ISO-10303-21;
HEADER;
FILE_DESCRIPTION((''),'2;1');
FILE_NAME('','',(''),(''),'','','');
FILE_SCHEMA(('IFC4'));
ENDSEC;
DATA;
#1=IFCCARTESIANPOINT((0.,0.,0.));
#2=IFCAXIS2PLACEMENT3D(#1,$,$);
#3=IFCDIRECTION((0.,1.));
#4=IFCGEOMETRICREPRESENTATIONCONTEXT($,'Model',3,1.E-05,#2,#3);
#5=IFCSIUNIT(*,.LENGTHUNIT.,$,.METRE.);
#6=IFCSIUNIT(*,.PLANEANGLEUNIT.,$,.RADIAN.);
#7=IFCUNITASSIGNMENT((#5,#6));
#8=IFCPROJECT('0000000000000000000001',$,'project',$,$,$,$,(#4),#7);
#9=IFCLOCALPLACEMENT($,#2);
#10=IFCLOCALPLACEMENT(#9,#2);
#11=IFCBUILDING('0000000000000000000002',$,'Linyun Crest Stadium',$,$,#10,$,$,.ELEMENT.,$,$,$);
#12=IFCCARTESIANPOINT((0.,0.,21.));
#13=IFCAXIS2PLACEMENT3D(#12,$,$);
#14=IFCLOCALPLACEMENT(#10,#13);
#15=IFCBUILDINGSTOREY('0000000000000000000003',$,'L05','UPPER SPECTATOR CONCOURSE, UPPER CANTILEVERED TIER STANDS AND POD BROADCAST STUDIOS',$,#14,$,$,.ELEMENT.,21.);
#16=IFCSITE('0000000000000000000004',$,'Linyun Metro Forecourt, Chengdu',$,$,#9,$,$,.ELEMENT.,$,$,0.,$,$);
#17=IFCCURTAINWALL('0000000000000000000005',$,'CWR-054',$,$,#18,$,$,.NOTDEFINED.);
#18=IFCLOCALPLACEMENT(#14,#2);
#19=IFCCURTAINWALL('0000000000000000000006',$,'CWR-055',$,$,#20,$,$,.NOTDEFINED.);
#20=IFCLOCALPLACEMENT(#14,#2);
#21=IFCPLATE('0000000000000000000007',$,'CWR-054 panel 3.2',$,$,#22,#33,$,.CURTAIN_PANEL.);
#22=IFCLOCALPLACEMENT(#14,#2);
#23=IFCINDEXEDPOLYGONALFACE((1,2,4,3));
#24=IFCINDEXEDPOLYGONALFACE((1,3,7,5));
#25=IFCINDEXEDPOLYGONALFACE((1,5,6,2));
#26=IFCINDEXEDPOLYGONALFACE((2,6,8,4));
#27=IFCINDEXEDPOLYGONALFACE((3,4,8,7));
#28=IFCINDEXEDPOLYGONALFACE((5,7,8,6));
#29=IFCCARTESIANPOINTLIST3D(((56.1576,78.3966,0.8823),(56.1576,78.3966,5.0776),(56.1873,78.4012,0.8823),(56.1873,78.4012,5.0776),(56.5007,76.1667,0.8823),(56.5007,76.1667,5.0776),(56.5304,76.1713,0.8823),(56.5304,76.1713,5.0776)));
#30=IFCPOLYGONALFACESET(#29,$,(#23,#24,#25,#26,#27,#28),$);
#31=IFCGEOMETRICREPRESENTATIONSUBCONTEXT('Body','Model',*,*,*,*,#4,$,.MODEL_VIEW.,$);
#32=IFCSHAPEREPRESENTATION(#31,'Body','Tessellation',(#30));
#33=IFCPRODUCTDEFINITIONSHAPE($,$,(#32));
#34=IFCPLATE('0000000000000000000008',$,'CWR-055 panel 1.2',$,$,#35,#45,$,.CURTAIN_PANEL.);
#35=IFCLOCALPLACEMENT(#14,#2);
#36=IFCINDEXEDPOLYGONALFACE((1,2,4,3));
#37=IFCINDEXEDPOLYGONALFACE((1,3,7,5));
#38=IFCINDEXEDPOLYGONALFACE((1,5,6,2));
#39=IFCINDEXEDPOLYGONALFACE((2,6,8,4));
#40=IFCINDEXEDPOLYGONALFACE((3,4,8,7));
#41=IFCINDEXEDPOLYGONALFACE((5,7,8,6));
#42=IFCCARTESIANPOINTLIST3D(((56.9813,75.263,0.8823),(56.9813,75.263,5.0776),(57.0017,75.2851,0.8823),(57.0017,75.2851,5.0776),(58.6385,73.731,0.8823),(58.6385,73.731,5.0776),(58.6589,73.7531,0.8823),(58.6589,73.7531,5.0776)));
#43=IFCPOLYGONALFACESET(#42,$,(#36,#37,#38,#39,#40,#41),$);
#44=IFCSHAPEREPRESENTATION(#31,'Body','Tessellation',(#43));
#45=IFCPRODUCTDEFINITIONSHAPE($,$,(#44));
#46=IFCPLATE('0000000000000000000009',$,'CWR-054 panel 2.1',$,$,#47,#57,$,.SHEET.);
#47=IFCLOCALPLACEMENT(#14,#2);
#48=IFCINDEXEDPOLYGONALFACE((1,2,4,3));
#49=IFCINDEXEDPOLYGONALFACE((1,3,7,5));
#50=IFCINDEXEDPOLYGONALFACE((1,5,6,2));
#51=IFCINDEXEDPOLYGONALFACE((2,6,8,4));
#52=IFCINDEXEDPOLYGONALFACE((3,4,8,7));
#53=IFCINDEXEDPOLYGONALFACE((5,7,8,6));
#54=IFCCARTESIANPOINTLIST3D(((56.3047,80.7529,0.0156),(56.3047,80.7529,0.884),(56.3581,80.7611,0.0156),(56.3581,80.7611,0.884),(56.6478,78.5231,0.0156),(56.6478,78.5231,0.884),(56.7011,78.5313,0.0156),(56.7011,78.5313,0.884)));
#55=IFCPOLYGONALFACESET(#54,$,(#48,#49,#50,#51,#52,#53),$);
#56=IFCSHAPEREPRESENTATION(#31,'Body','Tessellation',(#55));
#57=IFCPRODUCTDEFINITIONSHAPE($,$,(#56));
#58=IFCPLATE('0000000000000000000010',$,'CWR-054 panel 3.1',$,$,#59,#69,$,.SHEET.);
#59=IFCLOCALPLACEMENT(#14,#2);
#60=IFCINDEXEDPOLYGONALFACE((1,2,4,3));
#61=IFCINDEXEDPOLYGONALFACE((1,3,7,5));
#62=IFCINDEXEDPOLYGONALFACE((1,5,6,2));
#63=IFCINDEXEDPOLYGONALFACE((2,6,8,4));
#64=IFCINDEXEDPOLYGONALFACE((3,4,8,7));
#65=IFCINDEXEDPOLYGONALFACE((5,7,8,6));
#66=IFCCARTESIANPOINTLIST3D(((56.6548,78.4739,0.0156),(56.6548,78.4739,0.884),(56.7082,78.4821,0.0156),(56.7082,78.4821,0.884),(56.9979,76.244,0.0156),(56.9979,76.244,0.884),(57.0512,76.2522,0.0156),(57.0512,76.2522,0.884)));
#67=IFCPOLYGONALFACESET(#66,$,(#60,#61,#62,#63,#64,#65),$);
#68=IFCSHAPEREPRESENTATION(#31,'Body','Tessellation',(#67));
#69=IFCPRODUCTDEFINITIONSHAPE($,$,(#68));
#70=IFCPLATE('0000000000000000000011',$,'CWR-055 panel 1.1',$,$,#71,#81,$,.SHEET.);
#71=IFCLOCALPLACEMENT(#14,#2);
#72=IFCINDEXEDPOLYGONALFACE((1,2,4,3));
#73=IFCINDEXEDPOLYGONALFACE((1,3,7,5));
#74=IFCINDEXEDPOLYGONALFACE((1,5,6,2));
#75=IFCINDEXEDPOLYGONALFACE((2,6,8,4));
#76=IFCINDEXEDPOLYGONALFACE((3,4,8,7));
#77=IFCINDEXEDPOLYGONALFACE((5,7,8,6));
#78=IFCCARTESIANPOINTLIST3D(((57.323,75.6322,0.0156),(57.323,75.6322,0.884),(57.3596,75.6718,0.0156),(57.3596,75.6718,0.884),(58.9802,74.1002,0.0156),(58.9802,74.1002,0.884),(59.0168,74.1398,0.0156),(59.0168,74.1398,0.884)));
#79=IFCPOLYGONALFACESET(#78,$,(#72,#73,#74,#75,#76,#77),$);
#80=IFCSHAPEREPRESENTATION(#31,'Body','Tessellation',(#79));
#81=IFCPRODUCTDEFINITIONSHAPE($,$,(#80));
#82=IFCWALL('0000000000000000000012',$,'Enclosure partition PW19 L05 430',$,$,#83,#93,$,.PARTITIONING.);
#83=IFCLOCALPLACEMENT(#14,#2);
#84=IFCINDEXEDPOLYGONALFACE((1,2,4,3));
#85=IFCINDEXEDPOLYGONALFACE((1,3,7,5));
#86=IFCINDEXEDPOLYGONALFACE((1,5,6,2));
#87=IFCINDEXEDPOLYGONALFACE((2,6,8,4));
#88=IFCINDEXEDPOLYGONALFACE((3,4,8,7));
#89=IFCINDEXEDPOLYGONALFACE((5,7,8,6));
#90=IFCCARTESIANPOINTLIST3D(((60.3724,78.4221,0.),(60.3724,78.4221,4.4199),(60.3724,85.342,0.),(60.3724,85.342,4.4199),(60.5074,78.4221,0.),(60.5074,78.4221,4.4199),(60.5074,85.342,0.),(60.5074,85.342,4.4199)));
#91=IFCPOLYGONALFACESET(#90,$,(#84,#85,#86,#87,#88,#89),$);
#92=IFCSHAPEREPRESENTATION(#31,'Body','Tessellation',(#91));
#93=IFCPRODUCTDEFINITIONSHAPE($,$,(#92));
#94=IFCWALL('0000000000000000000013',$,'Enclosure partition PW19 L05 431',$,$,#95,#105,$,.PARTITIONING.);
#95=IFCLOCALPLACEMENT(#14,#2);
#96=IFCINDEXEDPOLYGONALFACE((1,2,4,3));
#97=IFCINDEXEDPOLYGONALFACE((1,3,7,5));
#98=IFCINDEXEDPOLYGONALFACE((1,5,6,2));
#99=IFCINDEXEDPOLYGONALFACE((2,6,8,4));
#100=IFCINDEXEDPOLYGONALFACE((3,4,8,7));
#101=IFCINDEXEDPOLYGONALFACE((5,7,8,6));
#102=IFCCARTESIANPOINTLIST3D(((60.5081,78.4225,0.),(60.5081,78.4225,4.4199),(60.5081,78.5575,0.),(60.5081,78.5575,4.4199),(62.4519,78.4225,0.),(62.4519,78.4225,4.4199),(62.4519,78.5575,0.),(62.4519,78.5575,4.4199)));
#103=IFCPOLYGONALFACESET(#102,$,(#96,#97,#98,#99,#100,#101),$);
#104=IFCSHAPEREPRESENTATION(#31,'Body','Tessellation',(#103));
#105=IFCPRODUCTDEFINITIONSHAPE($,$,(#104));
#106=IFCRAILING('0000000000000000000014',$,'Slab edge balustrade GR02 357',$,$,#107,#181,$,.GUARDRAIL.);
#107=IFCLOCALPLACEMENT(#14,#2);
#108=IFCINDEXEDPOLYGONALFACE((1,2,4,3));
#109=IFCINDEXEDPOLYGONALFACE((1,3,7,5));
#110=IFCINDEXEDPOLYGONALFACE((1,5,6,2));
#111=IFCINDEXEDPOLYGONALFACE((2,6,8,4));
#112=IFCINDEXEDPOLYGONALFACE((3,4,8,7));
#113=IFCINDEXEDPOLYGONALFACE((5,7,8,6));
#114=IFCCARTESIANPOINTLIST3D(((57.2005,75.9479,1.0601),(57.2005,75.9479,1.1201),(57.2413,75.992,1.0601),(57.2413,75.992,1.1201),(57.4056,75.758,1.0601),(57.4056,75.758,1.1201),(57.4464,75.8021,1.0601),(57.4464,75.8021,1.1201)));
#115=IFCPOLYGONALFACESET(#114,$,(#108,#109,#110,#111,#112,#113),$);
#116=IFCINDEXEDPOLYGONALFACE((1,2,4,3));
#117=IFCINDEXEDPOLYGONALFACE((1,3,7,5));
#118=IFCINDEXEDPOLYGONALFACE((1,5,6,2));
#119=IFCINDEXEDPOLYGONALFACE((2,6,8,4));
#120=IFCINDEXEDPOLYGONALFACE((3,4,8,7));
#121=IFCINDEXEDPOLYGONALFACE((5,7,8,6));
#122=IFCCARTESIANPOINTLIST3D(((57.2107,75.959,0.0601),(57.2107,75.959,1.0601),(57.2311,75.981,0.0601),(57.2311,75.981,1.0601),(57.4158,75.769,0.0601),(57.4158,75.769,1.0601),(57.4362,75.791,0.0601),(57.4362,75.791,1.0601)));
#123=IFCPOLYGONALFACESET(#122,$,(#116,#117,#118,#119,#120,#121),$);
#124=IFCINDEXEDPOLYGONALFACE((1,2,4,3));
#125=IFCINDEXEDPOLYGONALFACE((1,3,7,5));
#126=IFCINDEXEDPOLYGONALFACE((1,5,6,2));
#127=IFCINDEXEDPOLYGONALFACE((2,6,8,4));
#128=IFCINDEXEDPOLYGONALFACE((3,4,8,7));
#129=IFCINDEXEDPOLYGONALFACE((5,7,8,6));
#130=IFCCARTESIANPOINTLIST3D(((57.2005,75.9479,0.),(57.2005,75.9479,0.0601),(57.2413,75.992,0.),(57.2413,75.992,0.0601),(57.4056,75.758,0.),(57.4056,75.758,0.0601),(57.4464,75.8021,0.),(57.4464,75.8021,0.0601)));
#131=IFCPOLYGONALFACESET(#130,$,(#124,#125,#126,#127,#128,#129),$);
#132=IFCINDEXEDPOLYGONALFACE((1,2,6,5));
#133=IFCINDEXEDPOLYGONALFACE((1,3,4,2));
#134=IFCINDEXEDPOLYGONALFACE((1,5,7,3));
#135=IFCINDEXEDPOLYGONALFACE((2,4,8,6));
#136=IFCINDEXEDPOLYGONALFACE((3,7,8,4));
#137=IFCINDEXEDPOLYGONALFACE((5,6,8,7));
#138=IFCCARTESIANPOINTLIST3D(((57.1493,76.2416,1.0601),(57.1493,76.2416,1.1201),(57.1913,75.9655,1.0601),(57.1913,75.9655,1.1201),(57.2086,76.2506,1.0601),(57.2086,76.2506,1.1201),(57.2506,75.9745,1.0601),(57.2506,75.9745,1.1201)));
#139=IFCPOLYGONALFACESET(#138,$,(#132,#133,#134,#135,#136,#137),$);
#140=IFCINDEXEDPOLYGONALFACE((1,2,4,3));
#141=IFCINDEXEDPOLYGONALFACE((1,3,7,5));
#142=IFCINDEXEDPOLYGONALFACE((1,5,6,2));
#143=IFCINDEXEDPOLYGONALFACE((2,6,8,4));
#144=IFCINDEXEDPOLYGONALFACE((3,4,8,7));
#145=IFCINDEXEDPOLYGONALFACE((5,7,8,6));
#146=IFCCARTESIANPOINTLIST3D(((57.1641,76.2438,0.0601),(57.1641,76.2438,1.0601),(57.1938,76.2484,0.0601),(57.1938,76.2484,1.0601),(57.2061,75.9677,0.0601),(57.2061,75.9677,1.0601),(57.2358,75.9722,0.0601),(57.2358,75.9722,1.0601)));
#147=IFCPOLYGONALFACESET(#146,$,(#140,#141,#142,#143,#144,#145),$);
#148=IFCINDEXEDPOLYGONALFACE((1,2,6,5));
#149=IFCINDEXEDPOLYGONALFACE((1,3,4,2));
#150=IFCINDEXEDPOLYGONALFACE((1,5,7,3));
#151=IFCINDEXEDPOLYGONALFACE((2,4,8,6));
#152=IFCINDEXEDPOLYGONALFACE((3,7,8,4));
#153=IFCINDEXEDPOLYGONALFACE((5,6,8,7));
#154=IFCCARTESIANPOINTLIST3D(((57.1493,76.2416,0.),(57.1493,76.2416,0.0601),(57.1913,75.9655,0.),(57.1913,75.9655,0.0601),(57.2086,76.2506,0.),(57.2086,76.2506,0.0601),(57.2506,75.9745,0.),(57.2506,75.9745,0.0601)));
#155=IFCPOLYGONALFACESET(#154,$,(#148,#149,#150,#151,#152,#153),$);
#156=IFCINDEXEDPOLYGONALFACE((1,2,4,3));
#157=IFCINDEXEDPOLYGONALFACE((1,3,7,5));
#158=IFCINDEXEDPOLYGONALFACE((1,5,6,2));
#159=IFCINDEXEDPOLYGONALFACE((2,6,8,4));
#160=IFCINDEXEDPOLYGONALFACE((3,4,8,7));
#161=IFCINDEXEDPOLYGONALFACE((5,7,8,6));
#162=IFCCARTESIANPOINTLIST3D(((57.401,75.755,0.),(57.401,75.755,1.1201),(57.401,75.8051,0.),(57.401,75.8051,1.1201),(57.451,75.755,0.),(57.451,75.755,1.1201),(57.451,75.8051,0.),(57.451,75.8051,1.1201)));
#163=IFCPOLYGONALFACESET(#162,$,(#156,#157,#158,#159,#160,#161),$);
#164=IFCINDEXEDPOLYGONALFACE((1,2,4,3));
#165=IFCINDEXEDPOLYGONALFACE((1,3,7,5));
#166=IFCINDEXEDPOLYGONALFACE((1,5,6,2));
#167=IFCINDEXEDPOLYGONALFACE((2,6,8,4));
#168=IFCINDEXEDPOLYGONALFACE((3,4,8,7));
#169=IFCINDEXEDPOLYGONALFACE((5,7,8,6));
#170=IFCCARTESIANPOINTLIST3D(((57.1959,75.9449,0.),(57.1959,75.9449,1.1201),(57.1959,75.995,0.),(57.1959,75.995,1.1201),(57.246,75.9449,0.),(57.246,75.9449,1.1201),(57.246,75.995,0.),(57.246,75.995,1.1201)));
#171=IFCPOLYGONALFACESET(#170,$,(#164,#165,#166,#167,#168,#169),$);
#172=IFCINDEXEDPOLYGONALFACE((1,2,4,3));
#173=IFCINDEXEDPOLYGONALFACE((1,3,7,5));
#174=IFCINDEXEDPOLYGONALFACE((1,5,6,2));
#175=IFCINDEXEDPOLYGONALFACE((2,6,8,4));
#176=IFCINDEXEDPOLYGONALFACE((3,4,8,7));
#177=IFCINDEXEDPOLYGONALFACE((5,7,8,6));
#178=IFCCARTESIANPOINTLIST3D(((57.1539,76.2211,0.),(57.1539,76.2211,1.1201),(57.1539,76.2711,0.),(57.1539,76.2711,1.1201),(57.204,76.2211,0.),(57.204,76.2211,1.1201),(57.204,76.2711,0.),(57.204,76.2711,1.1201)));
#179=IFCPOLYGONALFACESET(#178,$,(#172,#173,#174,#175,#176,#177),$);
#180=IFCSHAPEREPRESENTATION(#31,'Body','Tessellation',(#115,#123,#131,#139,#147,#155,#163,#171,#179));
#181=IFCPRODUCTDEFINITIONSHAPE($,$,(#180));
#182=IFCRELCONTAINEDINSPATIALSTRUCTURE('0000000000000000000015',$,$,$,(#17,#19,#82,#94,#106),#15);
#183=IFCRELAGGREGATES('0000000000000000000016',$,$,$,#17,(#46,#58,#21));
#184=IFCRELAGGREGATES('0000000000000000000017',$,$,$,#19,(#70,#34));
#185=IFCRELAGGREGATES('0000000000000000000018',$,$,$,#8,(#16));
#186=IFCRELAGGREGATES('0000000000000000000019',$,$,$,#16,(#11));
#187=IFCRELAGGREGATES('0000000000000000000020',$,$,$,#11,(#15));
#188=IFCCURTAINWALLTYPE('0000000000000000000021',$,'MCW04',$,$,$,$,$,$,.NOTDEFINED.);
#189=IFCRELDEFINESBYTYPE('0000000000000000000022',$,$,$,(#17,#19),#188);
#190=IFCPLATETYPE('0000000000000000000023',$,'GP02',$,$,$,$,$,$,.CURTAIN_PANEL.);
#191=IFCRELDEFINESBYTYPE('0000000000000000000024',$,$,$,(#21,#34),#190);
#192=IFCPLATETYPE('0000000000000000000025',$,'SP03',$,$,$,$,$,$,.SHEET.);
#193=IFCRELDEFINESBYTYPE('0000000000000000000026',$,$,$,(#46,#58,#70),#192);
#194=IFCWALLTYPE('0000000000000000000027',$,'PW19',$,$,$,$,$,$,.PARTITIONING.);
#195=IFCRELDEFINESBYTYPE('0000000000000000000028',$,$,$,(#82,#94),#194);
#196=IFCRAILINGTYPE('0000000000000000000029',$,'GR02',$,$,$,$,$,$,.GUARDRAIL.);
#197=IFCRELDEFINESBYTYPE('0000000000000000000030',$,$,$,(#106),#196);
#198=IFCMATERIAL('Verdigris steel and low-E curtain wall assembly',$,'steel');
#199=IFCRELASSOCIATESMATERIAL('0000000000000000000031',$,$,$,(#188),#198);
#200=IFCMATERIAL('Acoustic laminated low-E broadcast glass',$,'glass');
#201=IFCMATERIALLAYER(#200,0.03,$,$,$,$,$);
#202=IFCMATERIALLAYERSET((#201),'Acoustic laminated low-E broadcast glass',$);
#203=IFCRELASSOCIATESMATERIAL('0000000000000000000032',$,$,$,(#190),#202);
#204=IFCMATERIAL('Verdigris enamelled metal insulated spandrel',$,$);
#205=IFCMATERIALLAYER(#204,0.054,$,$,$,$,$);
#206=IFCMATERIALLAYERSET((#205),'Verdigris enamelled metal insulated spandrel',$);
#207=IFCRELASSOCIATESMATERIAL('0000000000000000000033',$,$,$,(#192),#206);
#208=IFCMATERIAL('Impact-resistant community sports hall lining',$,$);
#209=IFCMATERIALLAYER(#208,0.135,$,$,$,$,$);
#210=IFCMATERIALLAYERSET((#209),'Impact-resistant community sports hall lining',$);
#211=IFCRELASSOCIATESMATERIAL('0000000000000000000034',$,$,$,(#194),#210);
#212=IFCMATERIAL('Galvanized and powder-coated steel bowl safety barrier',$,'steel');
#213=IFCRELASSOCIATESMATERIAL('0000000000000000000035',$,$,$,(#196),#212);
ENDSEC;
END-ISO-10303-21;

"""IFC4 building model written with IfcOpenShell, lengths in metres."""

from ifc_helpers import new_model, si_unit, direction, frame, frame_2d, origin, origin_2d, place, context, subcontext, project, spatial, rectangle, extrude, material, layer, layer_set, type_object, element, aggregate, save


model = new_model("IFC4")

# Units and contexts
model_context = context("Model", 3, precision=1e-05, world=origin(), true_north=direction((0.0, 1.0)))
body_context = subcontext(model_context, "Body", "Model", "MODEL_VIEW")
ifc_project = project(units=[si_unit("LENGTHUNIT", "METRE"), si_unit("PLANEANGLEUNIT", "RADIAN")], contexts=[model_context])

# Site, building, storey
site_placement = place(None, origin())
site = spatial("IfcSite", under=ifc_project, at=site_placement, Name="Linyun Metro Forecourt, Chengdu", CompositionType="ELEMENT", RefElevation=0.0)
building_placement = place(site_placement, origin())
building = spatial("IfcBuilding", under=site, at=building_placement, Name="Linyun Crest Stadium", CompositionType="ELEMENT")
storey_placement = place(building_placement, frame((0.0, 0.0, 21.0)))
storey = spatial("IfcBuildingStorey", under=building, at=storey_placement, Name="L05", Description="UPPER SPECTATOR CONCOURSE, UPPER CANTILEVERED TIER STANDS AND POD BROADCAST STUDIOS", CompositionType="ELEMENT", Elevation=21.0)

# Curtain wall
ifc_material_1 = material(Name="Verdigris steel and low-E curtain wall assembly", Category="steel")
curtain_wall_type = type_object("IfcCurtainWallType", Name="MCW04", PredefinedType="NOTDEFINED", material=ifc_material_1)
curtain_wall_1_placement = place(storey_placement, origin())
curtain_wall_1 = element("IfcCurtainWall", 1, at=curtain_wall_1_placement, inside=storey, type_object=curtain_wall_type, Name="CWR-054", PredefinedType="NOTDEFINED")

# Curtain wall
curtain_wall_2_placement = place(storey_placement, origin())
curtain_wall_2 = element("IfcCurtainWall", 2, at=curtain_wall_2_placement, inside=storey, type_object=curtain_wall_type, Name="CWR-055", PredefinedType="NOTDEFINED")

# Plates
ifc_material_2 = material(Name="Acoustic laminated low-E broadcast glass", Category="glass")
ifc_layer_1 = layer(ifc_material_2, 0.03)
ifc_layer_set_1 = layer_set([ifc_layer_1], Name="Acoustic laminated low-E broadcast glass")
plate_type_1 = type_object("IfcPlateType", Name="GP02", PredefinedType="CURTAIN_PANEL", material=ifc_layer_set_1)
plate_1_placement = place(storey_placement, frame((56.344, 77.2839, 0.8823), z_axis=(0.0, 0.0, 1.0), x_axis=(0.152054, -0.988372, 0.0)))
plate_1 = element("IfcPlate", 3, at=plate_1_placement, type_object=plate_type_1, Name="CWR-054 panel 3.2", PredefinedType="CURTAIN_PANEL", context=body_context, shape_type="SweptSolid", body=[
    extrude(rectangle(XDim=2.2561, YDim=0.03, at=origin_2d()), origin(), (0.0, 0.0, 1.0), 4.1953),
])
plate_2_placement = place(storey_placement, frame((57.8201, 74.5081, 0.8823), z_axis=(0.0, 0.0, 1.0), x_axis=(0.734299, -0.678826, 0.0)))
plate_2 = element("IfcPlate", 4, at=plate_2_placement, type_object=plate_type_1, Name="CWR-055 panel 1.2", PredefinedType="CURTAIN_PANEL", context=body_context, shape_type="SweptSolid", body=[
    extrude(rectangle(XDim=2.2568, YDim=0.03, at=origin_2d()), origin(), (0.0, 0.0, 1.0), 4.1953),
])
ifc_material_3 = material(Name="Verdigris enamelled metal insulated spandrel")
ifc_layer_2 = layer(ifc_material_3, 0.054)
ifc_layer_set_2 = layer_set([ifc_layer_2], Name="Verdigris enamelled metal insulated spandrel")
plate_type_2 = type_object("IfcPlateType", Name="SP03", PredefinedType="SHEET", material=ifc_layer_set_2)
plate_3_placement = place(storey_placement, frame((56.5029, 79.6421, 0.0156), z_axis=(0.0, 0.0, 1.0), x_axis=(0.152054, -0.988372, 0.0)))
plate_3 = element("IfcPlate", 5, at=plate_3_placement, type_object=plate_type_2, Name="CWR-054 panel 2.1", PredefinedType="SHEET", context=body_context, shape_type="SweptSolid", body=[
    extrude(rectangle(XDim=2.2561, YDim=0.054, at=origin_2d()), origin(), (0.0, 0.0, 1.0), 0.8684),
])
plate_4_placement = place(storey_placement, frame((56.853, 77.363, 0.0156), z_axis=(0.0, 0.0, 1.0), x_axis=(0.152054, -0.988372, 0.0)))
plate_4 = element("IfcPlate", 6, at=plate_4_placement, type_object=plate_type_2, Name="CWR-054 panel 3.1", PredefinedType="SHEET", context=body_context, shape_type="SweptSolid", body=[
    extrude(rectangle(XDim=2.2561, YDim=0.054, at=origin_2d()), origin(), (0.0, 0.0, 1.0), 0.8684),
])
aggregate(curtain_wall_1, [plate_3, plate_4, plate_1])
plate_5_placement = place(storey_placement, frame((58.1699, 74.886, 0.0156), z_axis=(0.0, 0.0, 1.0), x_axis=(0.734299, -0.678826, 0.0)))
plate_5 = element("IfcPlate", 7, at=plate_5_placement, type_object=plate_type_2, Name="CWR-055 panel 1.1", PredefinedType="SHEET", context=body_context, shape_type="SweptSolid", body=[
    extrude(rectangle(XDim=2.2568, YDim=0.054, at=origin_2d()), origin(), (0.0, 0.0, 1.0), 0.8684),
])
aggregate(curtain_wall_2, [plate_5, plate_2])

# Walls
ifc_material_4 = material(Name="Impact-resistant community sports hall lining")
ifc_layer_3 = layer(ifc_material_4, 0.135)
ifc_layer_set_3 = layer_set([ifc_layer_3], Name="Impact-resistant community sports hall lining")
wall_type = type_object("IfcWallType", Name="PW19", PredefinedType="PARTITIONING", material=ifc_layer_set_3)
wall_1_placement = place(storey_placement, frame((60.4399, 78.4221, 0.0), z_axis=(0.0, 0.0, 1.0), x_axis=(0.0, 1.0, 0.0)))
element("IfcWall", 8, at=wall_1_placement, inside=storey, type_object=wall_type, Name="Enclosure partition PW19 L05 430", PredefinedType="PARTITIONING", context=body_context, shape_type="SweptSolid", body=[
    extrude(rectangle(XDim=6.9199, YDim=0.135, at=frame_2d((3.46, 0.0))), origin(), (0.0, 0.0, 1.0), 4.4199),
])
wall_2_placement = place(storey_placement, frame((60.5081, 78.49, 0.0), z_axis=(0.0, 0.0, 1.0), x_axis=(1.0, 0.0, 0.0)))
element("IfcWall", 9, at=wall_2_placement, inside=storey, type_object=wall_type, Name="Enclosure partition PW19 L05 431", PredefinedType="PARTITIONING", context=body_context, shape_type="SweptSolid", body=[
    extrude(rectangle(XDim=1.9438, YDim=0.135, at=frame_2d((0.9719, 0.0))), origin(), (0.0, 0.0, 1.0), 4.4199),
])

# Railing
ifc_material_5 = material(Name="Galvanized and powder-coated steel bowl safety barrier", Category="steel")
railing_type = type_object("IfcRailingType", Name="GR02", PredefinedType="GUARDRAIL", material=ifc_material_5)
railing_placement = place(storey_placement, frame((57.426, 75.78, 0.0)))
element("IfcRailing", 10, at=railing_placement, inside=storey, type_object=railing_type, Name="Slab edge balustrade GR02 357", PredefinedType="GUARDRAIL", context=body_context, shape_type="SweptSolid", body=[
    extrude(rectangle(XDim=0.0601, YDim=0.0601, at=origin_2d()), frame((0.0, 0.0, 1.0901), z_axis=(-0.733664, 0.679513, 0.0), x_axis=(-0.679513, -0.733664, 0.0)), (0.0, 0.0, 1.0), 0.2795),
    extrude(rectangle(XDim=0.03, YDim=1.0, at=origin_2d()), frame((0.0, 0.0, 0.5601), z_axis=(-0.733664, 0.679513, 0.0), x_axis=(-0.679513, -0.733664, 0.0)), (0.0, 0.0, 1.0), 0.2795),
    extrude(rectangle(XDim=0.0601, YDim=0.0601, at=origin_2d()), frame((0.0, 0.0, 0.03), z_axis=(-0.733664, 0.679513, 0.0), x_axis=(-0.679513, -0.733664, 0.0)), (0.0, 0.0, 1.0), 0.2795),
    extrude(rectangle(XDim=0.0601, YDim=0.0601, at=origin_2d()), frame((-0.2051, 0.1899, 1.0901), z_axis=(-0.150349, 0.988633, 0.0), x_axis=(-0.988633, -0.150349, 0.0)), (0.0, 0.0, 1.0), 0.2793),
    extrude(rectangle(XDim=0.03, YDim=1.0, at=origin_2d()), frame((-0.2051, 0.1899, 0.5601), z_axis=(-0.150349, 0.988633, 0.0), x_axis=(-0.988633, -0.150349, 0.0)), (0.0, 0.0, 1.0), 0.2793),
    extrude(rectangle(XDim=0.0601, YDim=0.0601, at=origin_2d()), frame((-0.2051, 0.1899, 0.03), z_axis=(-0.150349, 0.988633, 0.0), x_axis=(-0.988633, -0.150349, 0.0)), (0.0, 0.0, 1.0), 0.2793),
    extrude(rectangle(XDim=0.05, YDim=0.05, at=origin_2d()), origin(), (0.0, 0.0, 1.0), 1.1201),
    extrude(rectangle(XDim=0.05, YDim=0.05, at=origin_2d()), frame((-0.2051, 0.1899, 0.0)), (0.0, 0.0, 1.0), 1.1201),
    extrude(rectangle(XDim=0.05, YDim=0.05, at=origin_2d()), frame((-0.2471, 0.4661, 0.0)), (0.0, 0.0, 1.0), 1.1201),
])

save(model, "model.ifc")
